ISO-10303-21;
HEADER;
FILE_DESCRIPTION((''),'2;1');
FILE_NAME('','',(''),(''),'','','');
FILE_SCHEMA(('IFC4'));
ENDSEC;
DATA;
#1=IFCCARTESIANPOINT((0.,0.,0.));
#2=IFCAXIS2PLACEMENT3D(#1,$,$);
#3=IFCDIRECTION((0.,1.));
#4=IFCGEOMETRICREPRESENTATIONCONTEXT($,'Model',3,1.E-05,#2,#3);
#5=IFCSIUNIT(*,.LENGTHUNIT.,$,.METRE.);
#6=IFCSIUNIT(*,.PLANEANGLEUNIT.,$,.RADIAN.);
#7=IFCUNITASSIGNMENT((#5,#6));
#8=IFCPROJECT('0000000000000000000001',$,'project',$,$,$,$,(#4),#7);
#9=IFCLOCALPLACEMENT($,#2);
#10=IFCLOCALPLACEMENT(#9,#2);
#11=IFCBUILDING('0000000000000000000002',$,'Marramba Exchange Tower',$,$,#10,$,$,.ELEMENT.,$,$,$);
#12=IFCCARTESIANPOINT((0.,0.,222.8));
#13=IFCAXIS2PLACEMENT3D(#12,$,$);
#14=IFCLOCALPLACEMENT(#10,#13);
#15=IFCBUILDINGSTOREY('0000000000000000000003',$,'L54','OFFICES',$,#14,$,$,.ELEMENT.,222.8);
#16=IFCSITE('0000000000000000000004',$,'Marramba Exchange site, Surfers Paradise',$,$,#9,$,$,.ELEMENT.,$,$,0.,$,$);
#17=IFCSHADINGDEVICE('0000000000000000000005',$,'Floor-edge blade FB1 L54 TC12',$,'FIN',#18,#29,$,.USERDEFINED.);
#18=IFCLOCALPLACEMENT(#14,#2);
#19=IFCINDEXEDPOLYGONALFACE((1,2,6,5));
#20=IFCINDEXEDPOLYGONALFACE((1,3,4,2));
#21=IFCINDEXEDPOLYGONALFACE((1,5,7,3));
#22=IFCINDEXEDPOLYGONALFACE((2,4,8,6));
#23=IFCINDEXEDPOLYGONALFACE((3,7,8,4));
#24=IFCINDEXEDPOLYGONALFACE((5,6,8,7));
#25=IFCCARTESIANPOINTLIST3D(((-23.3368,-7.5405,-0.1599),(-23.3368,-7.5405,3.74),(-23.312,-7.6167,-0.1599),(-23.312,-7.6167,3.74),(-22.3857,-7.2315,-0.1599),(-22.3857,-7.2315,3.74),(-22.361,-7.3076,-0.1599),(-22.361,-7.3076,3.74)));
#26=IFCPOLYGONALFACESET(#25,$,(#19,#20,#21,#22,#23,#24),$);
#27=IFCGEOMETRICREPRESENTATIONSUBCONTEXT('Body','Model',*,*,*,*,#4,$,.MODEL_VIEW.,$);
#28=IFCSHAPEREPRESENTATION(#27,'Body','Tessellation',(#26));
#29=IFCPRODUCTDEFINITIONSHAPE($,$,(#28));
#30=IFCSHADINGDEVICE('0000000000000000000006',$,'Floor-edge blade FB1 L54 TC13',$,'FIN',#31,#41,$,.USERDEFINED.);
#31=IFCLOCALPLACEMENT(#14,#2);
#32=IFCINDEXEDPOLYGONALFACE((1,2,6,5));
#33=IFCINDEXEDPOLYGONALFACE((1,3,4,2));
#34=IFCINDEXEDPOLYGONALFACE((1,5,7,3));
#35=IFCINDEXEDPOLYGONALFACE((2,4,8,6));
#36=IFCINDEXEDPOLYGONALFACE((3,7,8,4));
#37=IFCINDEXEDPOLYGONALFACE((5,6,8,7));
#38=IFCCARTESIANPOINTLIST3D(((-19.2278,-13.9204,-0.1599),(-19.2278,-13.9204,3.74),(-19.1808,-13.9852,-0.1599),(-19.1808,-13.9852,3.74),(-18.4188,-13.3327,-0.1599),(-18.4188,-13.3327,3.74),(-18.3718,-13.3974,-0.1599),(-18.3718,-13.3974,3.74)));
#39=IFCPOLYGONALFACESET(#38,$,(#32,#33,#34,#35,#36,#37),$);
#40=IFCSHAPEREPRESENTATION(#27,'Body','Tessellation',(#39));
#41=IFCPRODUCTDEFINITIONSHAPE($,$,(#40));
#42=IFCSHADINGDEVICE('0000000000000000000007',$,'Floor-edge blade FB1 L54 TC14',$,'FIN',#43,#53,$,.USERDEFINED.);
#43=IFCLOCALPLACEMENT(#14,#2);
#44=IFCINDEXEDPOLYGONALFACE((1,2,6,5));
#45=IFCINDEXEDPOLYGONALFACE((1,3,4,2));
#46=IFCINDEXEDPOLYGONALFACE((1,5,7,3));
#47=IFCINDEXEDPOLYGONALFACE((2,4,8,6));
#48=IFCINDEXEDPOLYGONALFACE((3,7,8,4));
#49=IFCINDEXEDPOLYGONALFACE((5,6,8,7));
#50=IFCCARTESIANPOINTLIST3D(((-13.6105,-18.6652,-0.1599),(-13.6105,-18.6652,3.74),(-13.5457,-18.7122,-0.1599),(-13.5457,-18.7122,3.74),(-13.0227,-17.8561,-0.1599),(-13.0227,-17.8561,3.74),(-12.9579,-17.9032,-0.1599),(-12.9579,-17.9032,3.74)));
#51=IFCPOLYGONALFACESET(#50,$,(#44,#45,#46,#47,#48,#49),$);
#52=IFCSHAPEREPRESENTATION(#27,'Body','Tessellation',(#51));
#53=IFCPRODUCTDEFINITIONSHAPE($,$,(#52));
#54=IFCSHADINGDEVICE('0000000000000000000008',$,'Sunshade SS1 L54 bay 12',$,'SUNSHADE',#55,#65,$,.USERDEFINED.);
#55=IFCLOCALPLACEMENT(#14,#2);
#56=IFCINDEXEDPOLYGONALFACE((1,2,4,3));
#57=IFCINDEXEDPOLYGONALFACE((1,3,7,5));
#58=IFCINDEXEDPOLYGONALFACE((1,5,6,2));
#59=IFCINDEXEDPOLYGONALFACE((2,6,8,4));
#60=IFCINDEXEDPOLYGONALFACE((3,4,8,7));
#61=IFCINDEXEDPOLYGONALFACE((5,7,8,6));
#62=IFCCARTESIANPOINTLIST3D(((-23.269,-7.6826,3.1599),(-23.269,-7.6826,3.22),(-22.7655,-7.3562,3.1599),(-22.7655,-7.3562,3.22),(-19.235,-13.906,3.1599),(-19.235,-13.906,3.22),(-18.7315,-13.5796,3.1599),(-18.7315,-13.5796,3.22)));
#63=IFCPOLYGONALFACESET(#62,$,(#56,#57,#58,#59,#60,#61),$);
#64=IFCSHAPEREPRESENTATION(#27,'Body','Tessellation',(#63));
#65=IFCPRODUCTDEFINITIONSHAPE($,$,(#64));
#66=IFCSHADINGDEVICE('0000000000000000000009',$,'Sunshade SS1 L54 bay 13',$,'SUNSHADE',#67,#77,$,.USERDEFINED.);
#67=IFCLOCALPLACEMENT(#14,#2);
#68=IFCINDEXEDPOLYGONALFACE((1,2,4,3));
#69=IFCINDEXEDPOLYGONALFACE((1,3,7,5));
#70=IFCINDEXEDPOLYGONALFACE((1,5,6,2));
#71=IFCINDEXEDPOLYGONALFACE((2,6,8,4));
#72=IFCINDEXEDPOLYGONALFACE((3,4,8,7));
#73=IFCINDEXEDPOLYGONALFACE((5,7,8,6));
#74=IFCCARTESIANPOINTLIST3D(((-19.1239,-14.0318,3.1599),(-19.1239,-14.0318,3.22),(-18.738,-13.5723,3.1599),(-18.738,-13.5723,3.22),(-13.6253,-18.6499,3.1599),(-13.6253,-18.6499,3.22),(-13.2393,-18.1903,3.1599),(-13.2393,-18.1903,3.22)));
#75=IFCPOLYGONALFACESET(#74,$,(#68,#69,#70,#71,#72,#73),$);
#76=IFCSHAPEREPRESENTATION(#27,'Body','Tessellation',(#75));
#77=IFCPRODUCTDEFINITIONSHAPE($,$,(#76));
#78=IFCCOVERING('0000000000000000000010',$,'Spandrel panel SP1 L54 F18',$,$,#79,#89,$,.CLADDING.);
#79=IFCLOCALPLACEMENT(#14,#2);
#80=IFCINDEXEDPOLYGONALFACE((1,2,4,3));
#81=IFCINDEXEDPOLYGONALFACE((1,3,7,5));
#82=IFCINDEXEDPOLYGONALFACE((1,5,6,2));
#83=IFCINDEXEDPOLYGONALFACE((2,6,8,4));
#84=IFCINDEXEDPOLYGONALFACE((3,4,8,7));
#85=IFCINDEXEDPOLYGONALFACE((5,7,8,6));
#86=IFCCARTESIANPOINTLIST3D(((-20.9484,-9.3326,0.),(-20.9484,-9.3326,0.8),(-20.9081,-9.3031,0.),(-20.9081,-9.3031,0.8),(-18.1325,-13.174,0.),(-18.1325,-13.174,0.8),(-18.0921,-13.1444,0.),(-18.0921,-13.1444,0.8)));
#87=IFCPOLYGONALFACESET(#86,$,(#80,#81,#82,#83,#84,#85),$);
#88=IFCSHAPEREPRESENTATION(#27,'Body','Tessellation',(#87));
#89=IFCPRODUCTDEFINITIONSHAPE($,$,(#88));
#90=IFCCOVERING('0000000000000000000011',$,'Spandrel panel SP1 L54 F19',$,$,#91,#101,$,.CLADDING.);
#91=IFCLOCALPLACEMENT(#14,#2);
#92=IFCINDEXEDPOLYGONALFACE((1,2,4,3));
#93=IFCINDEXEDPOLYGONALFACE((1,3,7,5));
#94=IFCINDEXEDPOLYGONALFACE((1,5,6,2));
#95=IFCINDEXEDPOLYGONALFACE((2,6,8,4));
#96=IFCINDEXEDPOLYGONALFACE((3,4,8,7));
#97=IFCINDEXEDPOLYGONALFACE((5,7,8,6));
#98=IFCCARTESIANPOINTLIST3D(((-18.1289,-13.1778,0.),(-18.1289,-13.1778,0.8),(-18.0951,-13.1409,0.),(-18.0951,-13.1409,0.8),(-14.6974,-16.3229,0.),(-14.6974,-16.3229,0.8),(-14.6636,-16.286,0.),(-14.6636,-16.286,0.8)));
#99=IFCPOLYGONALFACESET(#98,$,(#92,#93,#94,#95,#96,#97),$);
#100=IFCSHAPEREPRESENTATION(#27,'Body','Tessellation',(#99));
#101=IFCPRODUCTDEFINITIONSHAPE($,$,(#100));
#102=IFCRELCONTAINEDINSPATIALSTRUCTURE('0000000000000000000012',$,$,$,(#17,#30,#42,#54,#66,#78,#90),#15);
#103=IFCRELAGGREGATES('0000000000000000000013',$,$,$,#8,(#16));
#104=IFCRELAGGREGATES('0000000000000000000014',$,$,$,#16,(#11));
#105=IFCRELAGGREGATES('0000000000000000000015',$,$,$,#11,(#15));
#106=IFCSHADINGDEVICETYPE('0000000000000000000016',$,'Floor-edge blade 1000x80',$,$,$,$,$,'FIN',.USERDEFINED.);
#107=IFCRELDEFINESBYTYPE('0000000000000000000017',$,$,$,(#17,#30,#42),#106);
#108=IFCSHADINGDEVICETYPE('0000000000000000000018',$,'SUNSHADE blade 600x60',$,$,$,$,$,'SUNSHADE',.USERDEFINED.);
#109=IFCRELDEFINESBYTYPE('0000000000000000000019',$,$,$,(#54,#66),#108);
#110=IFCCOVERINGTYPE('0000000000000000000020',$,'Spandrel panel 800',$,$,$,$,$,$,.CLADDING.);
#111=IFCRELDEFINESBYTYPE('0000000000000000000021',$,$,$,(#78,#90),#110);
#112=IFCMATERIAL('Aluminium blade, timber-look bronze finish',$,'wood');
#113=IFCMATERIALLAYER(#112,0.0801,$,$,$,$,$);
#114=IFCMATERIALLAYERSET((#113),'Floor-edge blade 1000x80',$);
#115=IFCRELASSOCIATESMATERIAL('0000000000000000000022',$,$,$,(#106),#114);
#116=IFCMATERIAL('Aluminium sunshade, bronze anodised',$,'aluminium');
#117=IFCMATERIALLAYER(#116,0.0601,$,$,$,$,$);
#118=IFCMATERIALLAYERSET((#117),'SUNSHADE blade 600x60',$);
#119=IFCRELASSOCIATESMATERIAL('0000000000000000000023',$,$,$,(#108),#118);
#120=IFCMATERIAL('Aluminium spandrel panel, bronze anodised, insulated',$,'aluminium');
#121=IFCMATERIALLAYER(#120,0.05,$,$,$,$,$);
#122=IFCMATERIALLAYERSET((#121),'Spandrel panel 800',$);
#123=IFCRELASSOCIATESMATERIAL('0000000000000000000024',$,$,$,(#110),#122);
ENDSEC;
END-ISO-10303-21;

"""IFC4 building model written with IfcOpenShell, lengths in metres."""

from ifc_helpers import new_model, si_unit, direction, frame, origin, origin_2d, place, context, subcontext, project, spatial, rectangle, extrude, material, layer, layer_set, type_object, element, save


model = new_model("IFC4")

# Units and contexts
model_context = context("Model", 3, precision=1e-05, world=origin(), true_north=direction((0.0, 1.0)))
body_context = subcontext(model_context, "Body", "Model", "MODEL_VIEW")
ifc_project = project(units=[si_unit("LENGTHUNIT", "METRE"), si_unit("PLANEANGLEUNIT", "RADIAN")], contexts=[model_context])

# Site, building, storey
site_placement = place(None, origin())
site = spatial("IfcSite", under=ifc_project, at=site_placement, Name="Marramba Exchange site, Surfers Paradise", CompositionType="ELEMENT", RefElevation=0.0)
building_placement = place(site_placement, origin())
building = spatial("IfcBuilding", under=site, at=building_placement, Name="Marramba Exchange Tower", CompositionType="ELEMENT")
storey_placement = place(building_placement, frame((0.0, 0.0, 222.8)))
storey = spatial("IfcBuildingStorey", under=building, at=storey_placement, Name="L54", Description="OFFICES", CompositionType="ELEMENT", Elevation=222.8)

# Shading devices
ifc_material_1 = material(Name="Aluminium blade, timber-look bronze finish", Category="wood")
ifc_layer_1 = layer(ifc_material_1, 0.0801)
ifc_layer_set_1 = layer_set([ifc_layer_1], Name="Floor-edge blade 1000x80")
shading_device_type_1 = type_object("IfcShadingDeviceType", Name="Floor-edge blade 1000x80", ElementType="FIN", PredefinedType="USERDEFINED", material=ifc_layer_set_1)
for number, where, z_axis, x_axis, name in (
    (1, (-22.8489, -7.4241, -0.1599), (0.0, 0.0, 1.0), (-0.951057, -0.309017, 0.0), "Floor-edge blade FB1 L54 TC12"),
    (2, (-18.7998, -13.6589, -0.1599), (0.0, 0.0, 1.0), (-0.809017, -0.587785, 0.0), "Floor-edge blade FB1 L54 TC13"),
    (3, (-13.2842, -18.2842, -0.1599), (0.0, 0.0, 1.0), (-0.587785, -0.809017, 0.0), "Floor-edge blade FB1 L54 TC14"),
):
    element("IfcShadingDevice", number, at=place(storey_placement, frame(where, z_axis=z_axis, x_axis=x_axis)), inside=storey, type_object=shading_device_type_1, Name=name, ObjectType="FIN", PredefinedType="USERDEFINED", context=body_context, shape_type="SweptSolid", body=[
        extrude(rectangle(XDim=1.0, YDim=0.0801, at=origin_2d()), origin(), (0.0, 0.0, 1.0), 3.8999),
    ])
ifc_material_2 = material(Name="Aluminium sunshade, bronze anodised", Category="aluminium")
ifc_layer_2 = layer(ifc_material_2, 0.0601)
ifc_layer_set_2 = layer_set([ifc_layer_2], Name="SUNSHADE blade 600x60")
shading_device_type_2 = type_object("IfcShadingDeviceType", Name="SUNSHADE blade 600x60", ElementType="SUNSHADE", PredefinedType="USERDEFINED", material=ifc_layer_set_2)
shading_device_1_placement = place(storey_placement, frame((-21.0002, -10.6311, 3.1599), z_axis=(0.0, 0.0, 1.0), x_axis=(0.543922, -0.839136, 0.0)))
element("IfcShadingDevice", 4, at=shading_device_1_placement, inside=storey, type_object=shading_device_type_2, Name="Sunshade SS1 L54 bay 12", ObjectType="SUNSHADE", PredefinedType="USERDEFINED", context=body_context, shape_type="SweptSolid", body=[
    extrude(rectangle(XDim=7.4165, YDim=0.6001, at=origin_2d()), origin(), (0.0, 0.0, 1.0), 0.0601),
])
shading_device_2_placement = place(storey_placement, frame((-16.1816, -16.1111, 3.1599), z_axis=(0.0, 0.0, 1.0), x_axis=(0.765762, -0.643124, 0.0)))
element("IfcShadingDevice", 5, at=shading_device_2_placement, inside=storey, type_object=shading_device_type_2, Name="Sunshade SS1 L54 bay 13", ObjectType="SUNSHADE", PredefinedType="USERDEFINED", context=body_context, shape_type="SweptSolid", body=[
    extrude(rectangle(XDim=7.1807, YDim=0.6001, at=origin_2d()), origin(), (0.0, 0.0, 1.0), 0.0601),
])

# Coverings
ifc_material_3 = material(Name="Aluminium spandrel panel, bronze anodised, insulated", Category="aluminium")
ifc_layer_3 = layer(ifc_material_3, 0.05)
ifc_layer_set_3 = layer_set([ifc_layer_3], Name="Spandrel panel 800")
covering_type = type_object("IfcCoveringType", Name="Spandrel panel 800", PredefinedType="CLADDING", material=ifc_layer_set_3)
covering_1_placement = place(storey_placement, frame((-19.5203, -11.2385, 0.0), z_axis=(0.0, 0.0, 1.0), x_axis=(0.591223, -0.806508, 0.0)))
element("IfcCovering", 6, at=covering_1_placement, inside=storey, type_object=covering_type, Name="Spandrel panel SP1 L54 F18", PredefinedType="CLADDING", context=body_context, shape_type="SweptSolid", body=[
    extrude(rectangle(XDim=4.7629, YDim=0.05, at=origin_2d()), origin(), (0.0, 0.0, 1.0), 0.8),
])
covering_2_placement = place(storey_placement, frame((-16.3962, -14.7319, 0.0), z_axis=(0.0, 0.0, 1.0), x_axis=(0.737203, -0.675671, 0.0)))
element("IfcCovering", 7, at=covering_2_placement, inside=storey, type_object=covering_type, Name="Spandrel panel SP1 L54 F19", PredefinedType="CLADDING", context=body_context, shape_type="SweptSolid", body=[
    extrude(rectangle(XDim=4.6548, YDim=0.05, at=origin_2d()), origin(), (0.0, 0.0, 1.0), 0.8),
])

save(model, "model.ifc")
